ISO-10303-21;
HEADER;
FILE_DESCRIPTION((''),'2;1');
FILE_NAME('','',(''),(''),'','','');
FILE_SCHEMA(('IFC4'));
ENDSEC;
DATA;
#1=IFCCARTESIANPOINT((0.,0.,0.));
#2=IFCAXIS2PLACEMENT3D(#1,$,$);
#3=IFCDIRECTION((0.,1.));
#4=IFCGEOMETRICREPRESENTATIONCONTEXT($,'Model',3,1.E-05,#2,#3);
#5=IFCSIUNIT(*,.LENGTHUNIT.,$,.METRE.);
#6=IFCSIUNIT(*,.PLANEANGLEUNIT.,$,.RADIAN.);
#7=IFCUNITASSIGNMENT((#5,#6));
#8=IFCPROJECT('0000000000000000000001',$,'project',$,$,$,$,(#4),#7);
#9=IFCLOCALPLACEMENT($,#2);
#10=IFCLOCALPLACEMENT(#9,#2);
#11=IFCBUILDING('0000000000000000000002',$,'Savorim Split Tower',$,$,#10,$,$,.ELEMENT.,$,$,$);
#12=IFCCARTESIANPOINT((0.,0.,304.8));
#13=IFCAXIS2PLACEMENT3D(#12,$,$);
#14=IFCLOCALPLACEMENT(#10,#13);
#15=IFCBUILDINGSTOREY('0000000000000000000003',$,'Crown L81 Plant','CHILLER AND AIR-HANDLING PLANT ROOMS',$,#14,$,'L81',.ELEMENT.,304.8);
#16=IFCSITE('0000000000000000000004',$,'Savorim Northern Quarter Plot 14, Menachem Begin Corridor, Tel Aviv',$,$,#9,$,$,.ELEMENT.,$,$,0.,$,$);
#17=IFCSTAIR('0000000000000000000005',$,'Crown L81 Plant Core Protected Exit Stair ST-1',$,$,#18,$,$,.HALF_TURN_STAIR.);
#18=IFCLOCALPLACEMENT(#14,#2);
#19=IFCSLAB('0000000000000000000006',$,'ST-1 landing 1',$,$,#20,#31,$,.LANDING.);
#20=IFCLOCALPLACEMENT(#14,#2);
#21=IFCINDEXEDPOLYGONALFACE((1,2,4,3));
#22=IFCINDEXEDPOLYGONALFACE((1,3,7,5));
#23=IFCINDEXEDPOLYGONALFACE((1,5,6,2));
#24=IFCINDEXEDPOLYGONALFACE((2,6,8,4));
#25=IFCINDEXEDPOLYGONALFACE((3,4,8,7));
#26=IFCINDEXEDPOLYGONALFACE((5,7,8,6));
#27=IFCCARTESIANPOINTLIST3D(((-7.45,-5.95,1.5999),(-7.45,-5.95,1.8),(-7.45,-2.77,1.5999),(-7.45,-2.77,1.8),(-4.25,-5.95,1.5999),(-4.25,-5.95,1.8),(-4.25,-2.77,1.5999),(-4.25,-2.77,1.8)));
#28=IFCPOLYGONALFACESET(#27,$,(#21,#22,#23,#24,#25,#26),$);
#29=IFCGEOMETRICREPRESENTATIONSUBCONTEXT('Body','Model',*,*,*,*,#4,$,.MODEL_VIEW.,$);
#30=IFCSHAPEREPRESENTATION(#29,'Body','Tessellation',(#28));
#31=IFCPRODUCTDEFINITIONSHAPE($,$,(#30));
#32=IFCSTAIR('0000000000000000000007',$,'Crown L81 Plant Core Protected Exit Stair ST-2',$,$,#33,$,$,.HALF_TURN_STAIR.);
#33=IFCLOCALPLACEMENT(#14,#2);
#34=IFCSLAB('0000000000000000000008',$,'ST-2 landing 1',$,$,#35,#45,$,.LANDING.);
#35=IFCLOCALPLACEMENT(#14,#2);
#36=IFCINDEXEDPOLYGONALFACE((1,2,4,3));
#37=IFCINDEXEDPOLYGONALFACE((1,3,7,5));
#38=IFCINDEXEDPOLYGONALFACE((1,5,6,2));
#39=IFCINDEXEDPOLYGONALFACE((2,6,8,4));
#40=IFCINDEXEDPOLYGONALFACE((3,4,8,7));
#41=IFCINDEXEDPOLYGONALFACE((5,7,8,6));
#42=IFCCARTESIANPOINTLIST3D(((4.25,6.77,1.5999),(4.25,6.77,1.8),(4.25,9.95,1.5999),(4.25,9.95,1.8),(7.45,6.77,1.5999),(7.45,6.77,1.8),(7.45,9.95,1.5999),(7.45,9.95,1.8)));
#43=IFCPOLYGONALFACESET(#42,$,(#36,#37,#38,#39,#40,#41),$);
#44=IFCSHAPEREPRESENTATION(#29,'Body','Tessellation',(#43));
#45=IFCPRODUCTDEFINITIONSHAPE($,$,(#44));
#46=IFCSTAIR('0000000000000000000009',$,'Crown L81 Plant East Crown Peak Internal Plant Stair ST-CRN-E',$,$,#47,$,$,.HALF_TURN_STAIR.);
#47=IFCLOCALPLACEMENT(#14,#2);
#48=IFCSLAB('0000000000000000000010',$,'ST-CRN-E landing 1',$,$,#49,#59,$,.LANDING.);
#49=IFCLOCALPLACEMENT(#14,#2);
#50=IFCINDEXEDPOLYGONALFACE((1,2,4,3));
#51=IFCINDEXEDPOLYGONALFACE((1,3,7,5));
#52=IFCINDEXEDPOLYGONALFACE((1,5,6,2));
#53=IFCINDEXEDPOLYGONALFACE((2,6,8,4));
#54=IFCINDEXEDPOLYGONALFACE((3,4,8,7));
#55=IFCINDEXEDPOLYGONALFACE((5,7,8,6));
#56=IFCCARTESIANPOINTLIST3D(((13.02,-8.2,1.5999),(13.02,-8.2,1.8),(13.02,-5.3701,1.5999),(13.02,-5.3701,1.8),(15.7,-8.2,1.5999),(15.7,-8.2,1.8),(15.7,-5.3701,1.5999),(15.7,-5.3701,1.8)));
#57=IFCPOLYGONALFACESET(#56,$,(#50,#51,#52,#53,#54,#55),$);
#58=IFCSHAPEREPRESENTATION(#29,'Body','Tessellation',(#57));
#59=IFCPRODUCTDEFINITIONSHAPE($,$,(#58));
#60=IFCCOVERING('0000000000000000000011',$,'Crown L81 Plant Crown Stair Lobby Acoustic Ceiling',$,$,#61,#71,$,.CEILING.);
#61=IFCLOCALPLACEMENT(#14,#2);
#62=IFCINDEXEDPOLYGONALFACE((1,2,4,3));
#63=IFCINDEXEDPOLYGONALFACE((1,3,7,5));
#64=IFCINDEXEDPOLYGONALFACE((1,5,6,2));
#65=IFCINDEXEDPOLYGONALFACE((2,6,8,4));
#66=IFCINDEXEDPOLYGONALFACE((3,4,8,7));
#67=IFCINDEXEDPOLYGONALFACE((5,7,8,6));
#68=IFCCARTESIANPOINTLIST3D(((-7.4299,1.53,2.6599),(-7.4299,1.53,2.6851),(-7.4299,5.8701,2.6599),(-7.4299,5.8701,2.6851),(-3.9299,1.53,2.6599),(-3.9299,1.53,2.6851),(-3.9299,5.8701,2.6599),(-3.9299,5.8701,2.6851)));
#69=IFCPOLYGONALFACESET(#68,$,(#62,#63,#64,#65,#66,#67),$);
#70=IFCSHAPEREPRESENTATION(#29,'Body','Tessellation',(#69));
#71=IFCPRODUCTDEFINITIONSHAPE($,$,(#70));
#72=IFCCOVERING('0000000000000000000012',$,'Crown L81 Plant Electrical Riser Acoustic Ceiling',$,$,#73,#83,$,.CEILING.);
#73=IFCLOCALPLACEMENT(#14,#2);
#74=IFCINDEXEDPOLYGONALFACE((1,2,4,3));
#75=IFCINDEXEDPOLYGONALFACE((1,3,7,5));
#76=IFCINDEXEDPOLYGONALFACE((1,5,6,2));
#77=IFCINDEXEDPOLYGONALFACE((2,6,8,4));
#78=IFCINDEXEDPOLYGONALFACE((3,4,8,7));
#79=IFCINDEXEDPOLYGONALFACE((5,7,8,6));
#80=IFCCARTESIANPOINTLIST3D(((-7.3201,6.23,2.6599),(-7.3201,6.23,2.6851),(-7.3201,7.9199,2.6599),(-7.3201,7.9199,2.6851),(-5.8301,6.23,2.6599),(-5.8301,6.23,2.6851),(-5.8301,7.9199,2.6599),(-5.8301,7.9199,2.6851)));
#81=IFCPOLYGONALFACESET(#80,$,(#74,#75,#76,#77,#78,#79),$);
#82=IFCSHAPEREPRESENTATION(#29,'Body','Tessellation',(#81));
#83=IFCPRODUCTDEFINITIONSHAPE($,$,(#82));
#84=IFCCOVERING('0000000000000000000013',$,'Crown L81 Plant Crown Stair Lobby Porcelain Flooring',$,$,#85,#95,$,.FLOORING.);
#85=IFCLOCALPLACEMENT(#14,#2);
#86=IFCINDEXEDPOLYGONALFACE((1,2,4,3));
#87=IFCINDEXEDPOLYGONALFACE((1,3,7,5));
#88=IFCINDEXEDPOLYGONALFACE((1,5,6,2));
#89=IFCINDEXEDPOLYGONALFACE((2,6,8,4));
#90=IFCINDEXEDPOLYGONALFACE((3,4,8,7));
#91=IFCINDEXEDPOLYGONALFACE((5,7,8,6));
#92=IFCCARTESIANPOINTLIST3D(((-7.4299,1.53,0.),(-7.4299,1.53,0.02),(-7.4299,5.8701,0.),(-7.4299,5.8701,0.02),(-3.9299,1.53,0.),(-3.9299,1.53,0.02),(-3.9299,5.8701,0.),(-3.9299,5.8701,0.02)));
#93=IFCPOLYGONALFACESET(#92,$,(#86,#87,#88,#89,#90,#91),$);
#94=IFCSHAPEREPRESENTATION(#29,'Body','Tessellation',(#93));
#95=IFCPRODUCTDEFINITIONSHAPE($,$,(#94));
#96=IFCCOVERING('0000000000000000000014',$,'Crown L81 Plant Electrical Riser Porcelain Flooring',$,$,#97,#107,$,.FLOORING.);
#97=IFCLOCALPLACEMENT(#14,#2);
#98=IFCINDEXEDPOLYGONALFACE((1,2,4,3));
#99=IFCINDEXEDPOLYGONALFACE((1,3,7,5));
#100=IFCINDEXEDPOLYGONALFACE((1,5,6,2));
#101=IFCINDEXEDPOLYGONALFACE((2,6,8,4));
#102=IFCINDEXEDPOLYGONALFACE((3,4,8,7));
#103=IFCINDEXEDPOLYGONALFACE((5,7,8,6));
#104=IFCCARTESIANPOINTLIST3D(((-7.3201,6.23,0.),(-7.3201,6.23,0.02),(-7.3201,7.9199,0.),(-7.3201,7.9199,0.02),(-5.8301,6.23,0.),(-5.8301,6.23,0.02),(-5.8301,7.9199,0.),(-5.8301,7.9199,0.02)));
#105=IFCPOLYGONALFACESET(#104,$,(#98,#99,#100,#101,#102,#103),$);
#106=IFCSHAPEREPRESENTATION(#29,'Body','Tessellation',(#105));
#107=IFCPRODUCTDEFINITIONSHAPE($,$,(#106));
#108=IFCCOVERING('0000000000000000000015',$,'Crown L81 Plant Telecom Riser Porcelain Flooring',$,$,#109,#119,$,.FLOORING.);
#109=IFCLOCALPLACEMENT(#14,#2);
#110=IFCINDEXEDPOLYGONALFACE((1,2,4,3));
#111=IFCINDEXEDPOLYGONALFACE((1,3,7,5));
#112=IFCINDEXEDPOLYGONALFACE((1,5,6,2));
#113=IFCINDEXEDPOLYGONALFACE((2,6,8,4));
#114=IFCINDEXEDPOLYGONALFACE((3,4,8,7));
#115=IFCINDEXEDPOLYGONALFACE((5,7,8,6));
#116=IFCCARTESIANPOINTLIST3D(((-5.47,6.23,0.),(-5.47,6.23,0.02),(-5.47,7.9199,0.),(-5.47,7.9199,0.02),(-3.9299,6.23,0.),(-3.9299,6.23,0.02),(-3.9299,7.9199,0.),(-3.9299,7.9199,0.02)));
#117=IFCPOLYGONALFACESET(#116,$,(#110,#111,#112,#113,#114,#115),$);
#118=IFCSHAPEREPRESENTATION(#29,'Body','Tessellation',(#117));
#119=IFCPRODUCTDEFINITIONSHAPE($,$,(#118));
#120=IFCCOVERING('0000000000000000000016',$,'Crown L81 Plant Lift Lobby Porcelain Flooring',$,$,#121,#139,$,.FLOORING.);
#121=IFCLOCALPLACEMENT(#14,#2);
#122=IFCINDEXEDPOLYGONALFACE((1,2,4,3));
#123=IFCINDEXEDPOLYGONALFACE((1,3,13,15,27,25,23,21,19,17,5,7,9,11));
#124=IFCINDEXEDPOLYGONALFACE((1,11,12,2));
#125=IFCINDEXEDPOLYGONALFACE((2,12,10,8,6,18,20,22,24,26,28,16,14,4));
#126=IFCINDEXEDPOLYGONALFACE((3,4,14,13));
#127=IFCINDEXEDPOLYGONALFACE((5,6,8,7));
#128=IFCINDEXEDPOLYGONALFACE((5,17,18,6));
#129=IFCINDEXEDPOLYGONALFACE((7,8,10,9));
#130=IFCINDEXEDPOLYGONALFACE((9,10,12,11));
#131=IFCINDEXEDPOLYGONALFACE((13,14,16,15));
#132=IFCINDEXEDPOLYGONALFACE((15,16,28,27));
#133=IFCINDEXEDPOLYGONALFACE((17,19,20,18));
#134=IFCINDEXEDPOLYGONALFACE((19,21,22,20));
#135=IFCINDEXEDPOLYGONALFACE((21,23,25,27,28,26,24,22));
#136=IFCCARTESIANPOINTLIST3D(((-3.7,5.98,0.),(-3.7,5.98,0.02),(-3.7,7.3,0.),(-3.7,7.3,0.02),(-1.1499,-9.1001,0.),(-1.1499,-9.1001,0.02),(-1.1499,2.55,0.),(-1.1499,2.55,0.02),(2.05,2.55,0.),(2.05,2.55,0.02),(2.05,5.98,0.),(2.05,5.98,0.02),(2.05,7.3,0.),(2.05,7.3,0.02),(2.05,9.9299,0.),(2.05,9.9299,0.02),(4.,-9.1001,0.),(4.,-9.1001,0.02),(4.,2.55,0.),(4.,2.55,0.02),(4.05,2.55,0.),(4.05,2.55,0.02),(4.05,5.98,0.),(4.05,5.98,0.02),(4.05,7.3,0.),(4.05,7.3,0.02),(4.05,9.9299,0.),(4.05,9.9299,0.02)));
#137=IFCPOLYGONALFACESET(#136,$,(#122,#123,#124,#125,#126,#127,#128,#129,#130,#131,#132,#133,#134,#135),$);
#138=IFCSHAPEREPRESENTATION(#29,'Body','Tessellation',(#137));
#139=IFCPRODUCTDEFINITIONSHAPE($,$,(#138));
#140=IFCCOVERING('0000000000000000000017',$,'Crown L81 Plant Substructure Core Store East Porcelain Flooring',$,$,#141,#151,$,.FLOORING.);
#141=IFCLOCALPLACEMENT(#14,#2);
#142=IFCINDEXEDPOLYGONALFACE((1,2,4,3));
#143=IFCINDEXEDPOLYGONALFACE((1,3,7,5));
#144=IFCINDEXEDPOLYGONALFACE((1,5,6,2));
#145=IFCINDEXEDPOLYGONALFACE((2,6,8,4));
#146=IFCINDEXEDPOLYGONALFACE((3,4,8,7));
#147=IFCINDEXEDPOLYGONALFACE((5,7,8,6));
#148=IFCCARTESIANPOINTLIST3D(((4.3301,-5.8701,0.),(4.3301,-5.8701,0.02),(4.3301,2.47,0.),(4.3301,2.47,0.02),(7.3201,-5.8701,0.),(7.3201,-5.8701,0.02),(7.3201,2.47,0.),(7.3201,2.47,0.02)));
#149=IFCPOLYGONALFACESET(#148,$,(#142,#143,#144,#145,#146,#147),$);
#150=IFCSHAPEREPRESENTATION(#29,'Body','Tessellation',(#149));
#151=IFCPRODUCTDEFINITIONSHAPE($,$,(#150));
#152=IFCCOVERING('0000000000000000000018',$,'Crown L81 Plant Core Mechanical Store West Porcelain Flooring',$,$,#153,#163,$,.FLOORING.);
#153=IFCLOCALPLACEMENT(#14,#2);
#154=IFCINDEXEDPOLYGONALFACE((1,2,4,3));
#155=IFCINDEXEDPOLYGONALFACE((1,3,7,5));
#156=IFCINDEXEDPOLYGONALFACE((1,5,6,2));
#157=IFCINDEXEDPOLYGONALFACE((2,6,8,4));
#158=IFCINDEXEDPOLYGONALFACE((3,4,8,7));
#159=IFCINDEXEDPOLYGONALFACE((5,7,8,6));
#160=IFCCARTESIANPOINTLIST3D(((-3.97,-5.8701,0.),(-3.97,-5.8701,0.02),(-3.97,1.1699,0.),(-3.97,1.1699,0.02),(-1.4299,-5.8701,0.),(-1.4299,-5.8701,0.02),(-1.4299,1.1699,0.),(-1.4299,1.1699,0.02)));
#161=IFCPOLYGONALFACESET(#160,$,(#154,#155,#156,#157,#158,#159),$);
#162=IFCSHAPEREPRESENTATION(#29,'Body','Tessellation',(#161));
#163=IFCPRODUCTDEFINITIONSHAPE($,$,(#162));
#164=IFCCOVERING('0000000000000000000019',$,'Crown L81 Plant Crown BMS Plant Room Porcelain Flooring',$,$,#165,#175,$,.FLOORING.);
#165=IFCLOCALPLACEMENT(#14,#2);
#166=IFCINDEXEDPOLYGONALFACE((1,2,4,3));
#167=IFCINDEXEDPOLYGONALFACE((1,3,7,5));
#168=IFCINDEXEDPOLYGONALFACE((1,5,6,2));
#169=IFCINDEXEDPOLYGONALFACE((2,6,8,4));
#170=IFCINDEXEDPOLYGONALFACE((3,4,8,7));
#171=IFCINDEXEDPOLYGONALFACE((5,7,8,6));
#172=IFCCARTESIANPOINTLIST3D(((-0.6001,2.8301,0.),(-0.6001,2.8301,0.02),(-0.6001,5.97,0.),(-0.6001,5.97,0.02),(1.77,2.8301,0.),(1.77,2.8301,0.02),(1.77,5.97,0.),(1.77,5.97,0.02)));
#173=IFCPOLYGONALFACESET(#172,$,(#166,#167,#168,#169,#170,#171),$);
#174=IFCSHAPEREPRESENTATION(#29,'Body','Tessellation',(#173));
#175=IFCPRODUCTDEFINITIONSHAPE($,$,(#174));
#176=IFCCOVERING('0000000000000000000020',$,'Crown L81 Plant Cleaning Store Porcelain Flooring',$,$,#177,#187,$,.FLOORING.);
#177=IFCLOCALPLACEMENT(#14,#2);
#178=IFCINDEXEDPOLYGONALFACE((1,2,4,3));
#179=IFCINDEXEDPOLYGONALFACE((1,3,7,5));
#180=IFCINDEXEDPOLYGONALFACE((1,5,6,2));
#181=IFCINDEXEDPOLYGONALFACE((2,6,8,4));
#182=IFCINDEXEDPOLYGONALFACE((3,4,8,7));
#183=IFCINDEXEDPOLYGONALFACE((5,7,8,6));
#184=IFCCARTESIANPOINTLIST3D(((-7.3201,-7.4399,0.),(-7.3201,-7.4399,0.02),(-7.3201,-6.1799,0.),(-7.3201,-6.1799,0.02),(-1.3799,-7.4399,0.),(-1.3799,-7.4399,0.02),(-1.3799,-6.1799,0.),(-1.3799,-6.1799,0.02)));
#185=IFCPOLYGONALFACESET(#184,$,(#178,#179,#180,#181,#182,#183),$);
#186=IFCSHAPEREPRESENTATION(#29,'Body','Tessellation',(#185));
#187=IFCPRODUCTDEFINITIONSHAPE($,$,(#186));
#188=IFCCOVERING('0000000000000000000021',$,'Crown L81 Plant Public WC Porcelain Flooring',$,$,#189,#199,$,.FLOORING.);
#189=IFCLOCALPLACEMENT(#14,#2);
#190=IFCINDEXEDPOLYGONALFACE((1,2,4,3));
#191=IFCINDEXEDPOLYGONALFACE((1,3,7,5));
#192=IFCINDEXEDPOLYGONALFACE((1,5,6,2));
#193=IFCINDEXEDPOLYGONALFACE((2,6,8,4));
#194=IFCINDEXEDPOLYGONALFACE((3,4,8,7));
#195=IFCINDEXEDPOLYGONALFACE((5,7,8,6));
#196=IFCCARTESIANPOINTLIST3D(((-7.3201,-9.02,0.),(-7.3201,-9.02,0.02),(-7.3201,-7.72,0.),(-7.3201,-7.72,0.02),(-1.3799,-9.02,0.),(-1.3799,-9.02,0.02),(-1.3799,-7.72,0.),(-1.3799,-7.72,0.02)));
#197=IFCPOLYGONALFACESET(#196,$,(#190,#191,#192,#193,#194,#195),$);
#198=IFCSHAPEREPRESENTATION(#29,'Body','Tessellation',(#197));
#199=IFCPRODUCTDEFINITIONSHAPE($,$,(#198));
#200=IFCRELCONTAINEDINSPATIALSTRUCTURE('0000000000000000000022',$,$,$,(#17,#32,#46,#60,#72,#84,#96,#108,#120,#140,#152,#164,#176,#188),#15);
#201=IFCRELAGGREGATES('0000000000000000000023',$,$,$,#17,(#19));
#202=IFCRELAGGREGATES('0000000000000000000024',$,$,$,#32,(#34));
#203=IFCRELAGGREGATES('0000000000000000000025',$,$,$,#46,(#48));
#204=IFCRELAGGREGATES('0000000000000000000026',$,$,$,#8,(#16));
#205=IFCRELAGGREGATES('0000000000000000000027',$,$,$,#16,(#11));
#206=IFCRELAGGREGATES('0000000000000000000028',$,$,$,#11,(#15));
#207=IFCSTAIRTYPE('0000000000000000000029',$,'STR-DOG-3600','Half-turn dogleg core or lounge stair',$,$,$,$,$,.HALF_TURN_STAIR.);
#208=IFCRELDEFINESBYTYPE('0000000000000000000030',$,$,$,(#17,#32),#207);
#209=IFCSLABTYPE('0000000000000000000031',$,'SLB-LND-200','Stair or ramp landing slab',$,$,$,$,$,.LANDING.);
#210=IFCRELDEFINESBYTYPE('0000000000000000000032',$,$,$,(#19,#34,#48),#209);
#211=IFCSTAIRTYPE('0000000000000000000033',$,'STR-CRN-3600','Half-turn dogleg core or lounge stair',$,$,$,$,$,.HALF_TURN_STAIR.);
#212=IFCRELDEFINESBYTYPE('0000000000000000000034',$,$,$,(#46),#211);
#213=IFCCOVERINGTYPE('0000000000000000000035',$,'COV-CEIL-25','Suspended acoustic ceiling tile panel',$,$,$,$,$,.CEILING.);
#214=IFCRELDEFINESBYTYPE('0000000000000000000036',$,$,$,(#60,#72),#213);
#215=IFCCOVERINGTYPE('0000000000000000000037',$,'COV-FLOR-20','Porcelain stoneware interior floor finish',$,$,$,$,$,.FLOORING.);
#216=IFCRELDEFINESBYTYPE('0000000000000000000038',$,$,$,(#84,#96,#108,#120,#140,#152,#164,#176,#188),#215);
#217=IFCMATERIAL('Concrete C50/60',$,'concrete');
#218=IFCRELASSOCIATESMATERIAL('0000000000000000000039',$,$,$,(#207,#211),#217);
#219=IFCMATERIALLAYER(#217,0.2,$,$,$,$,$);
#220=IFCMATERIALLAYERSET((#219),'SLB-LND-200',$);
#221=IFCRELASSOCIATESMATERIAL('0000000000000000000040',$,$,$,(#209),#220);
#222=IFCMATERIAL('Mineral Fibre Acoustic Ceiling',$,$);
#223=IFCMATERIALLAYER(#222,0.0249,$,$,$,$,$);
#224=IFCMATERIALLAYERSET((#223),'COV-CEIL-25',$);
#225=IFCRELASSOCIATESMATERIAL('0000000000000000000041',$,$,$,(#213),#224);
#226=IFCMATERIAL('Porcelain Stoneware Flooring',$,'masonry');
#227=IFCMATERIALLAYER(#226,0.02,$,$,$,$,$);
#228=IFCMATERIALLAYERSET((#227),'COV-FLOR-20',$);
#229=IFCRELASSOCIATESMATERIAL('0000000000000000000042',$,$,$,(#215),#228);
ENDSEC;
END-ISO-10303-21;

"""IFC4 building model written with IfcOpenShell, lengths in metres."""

from ifc_helpers import new_model, si_unit, direction, frame, origin, place, context, subcontext, project, spatial, polyline, outline, extrude, material, layer, layer_set, type_object, element, aggregate, save


model = new_model("IFC4")

# Units and contexts
model_context = context("Model", 3, precision=1e-05, world=origin(), true_north=direction((0.0, 1.0)))
body_context = subcontext(model_context, "Body", "Model", "MODEL_VIEW")
ifc_project = project(units=[si_unit("LENGTHUNIT", "METRE"), si_unit("PLANEANGLEUNIT", "RADIAN")], contexts=[model_context])

# Site, building, storey
site_placement = place(None, origin())
site = spatial("IfcSite", under=ifc_project, at=site_placement, Name="Savorim Northern Quarter Plot 14, Menachem Begin Corridor, Tel Aviv", CompositionType="ELEMENT", RefElevation=0.0)
building_placement = place(site_placement, origin())
building = spatial("IfcBuilding", under=site, at=building_placement, Name="Savorim Split Tower", CompositionType="ELEMENT")
storey_placement = place(building_placement, frame((0.0, 0.0, 304.8)))
storey = spatial("IfcBuildingStorey", under=building, at=storey_placement, Name="Crown L81 Plant", Description="CHILLER AND AIR-HANDLING PLANT ROOMS", LongName="L81", CompositionType="ELEMENT", Elevation=304.8)

# Stairs, slabs
ifc_material_1 = material(Name="Concrete C50/60", Category="concrete")
stair_type_1 = type_object("IfcStairType", Name="STR-DOG-3600", Description="Half-turn dogleg core or lounge stair", PredefinedType="HALF_TURN_STAIR", material=ifc_material_1)
stair_1_placement = place(storey_placement, origin())
stair_1 = element("IfcStair", 1, at=stair_1_placement, inside=storey, type_object=stair_type_1, Name="Crown L81 Plant Core Protected Exit Stair ST-1", PredefinedType="HALF_TURN_STAIR")
ifc_layer_1 = layer(ifc_material_1, 0.2)
ifc_layer_set_1 = layer_set([ifc_layer_1], Name="SLB-LND-200")
slab_type = type_object("IfcSlabType", Name="SLB-LND-200", Description="Stair or ramp landing slab", PredefinedType="LANDING", material=ifc_layer_set_1)
slab_1_placement = place(storey_placement, frame((0.0, 0.0, 1.5999)))
slab_1 = element("IfcSlab", 2, at=slab_1_placement, type_object=slab_type, Name="ST-1 landing 1", PredefinedType="LANDING", context=body_context, shape_type="SweptSolid", body=[
    extrude(outline(polyline([(-7.45, -2.77), (-7.45, -5.95), (-4.25, -5.95), (-4.25, -2.77), (-7.45, -2.77)])), origin(), (0.0, 0.0, 1.0), 0.2002),
])
aggregate(stair_1, [slab_1])
stair_2_placement = place(storey_placement, origin())
stair_2 = element("IfcStair", 3, at=stair_2_placement, inside=storey, type_object=stair_type_1, Name="Crown L81 Plant Core Protected Exit Stair ST-2", PredefinedType="HALF_TURN_STAIR")
slab_2_placement = place(storey_placement, frame((0.0, 0.0, 1.5999)))
slab_2 = element("IfcSlab", 4, at=slab_2_placement, type_object=slab_type, Name="ST-2 landing 1", PredefinedType="LANDING", context=body_context, shape_type="SweptSolid", body=[
    extrude(outline(polyline([(7.45, 6.77), (7.45, 9.95), (4.25, 9.95), (4.25, 6.77), (7.45, 6.77)])), origin(), (0.0, 0.0, 1.0), 0.2002),
])
aggregate(stair_2, [slab_2])
stair_type_2 = type_object("IfcStairType", Name="STR-CRN-3600", Description="Half-turn dogleg core or lounge stair", PredefinedType="HALF_TURN_STAIR", material=ifc_material_1)
stair_3_placement = place(storey_placement, origin())
stair_3 = element("IfcStair", 5, at=stair_3_placement, inside=storey, type_object=stair_type_2, Name="Crown L81 Plant East Crown Peak Internal Plant Stair ST-CRN-E", PredefinedType="HALF_TURN_STAIR")
slab_3_placement = place(storey_placement, frame((0.0, 0.0, 1.5999)))
slab_3 = element("IfcSlab", 6, at=slab_3_placement, type_object=slab_type, Name="ST-CRN-E landing 1", PredefinedType="LANDING", context=body_context, shape_type="SweptSolid", body=[
    extrude(outline(polyline([(13.02, -5.3701), (13.02, -8.2), (15.7, -8.2), (15.7, -5.3701), (13.02, -5.3701)])), origin(), (0.0, 0.0, 1.0), 0.2002),
])
aggregate(stair_3, [slab_3])

# Coverings
ifc_material_2 = material(Name="Mineral Fibre Acoustic Ceiling")
ifc_layer_2 = layer(ifc_material_2, 0.0249)
ifc_layer_set_2 = layer_set([ifc_layer_2], Name="COV-CEIL-25")
covering_type_1 = type_object("IfcCoveringType", Name="COV-CEIL-25", Description="Suspended acoustic ceiling tile panel", PredefinedType="CEILING", material=ifc_layer_set_2)
covering_1_placement = place(storey_placement, frame((0.0, 0.0, 2.6599)))
element("IfcCovering", 7, at=covering_1_placement, inside=storey, type_object=covering_type_1, Name="Crown L81 Plant Crown Stair Lobby Acoustic Ceiling", PredefinedType="CEILING", context=body_context, shape_type="SweptSolid", body=[
    extrude(outline(polyline([(-7.4299, 5.8701), (-7.4299, 1.53), (-3.9299, 1.53), (-3.9299, 5.8701), (-7.4299, 5.8701)])), origin(), (0.0, 0.0, 1.0), 0.0251),
])
covering_2_placement = place(storey_placement, frame((0.0, 0.0, 2.6599)))
element("IfcCovering", 8, at=covering_2_placement, inside=storey, type_object=covering_type_1, Name="Crown L81 Plant Electrical Riser Acoustic Ceiling", PredefinedType="CEILING", context=body_context, shape_type="SweptSolid", body=[
    extrude(outline(polyline([(-7.3201, 7.9199), (-7.3201, 6.23), (-5.8301, 6.23), (-5.8301, 7.9199), (-7.3201, 7.9199)])), origin(), (0.0, 0.0, 1.0), 0.0251),
])
ifc_material_3 = material(Name="Porcelain Stoneware Flooring", Category="masonry")
ifc_layer_3 = layer(ifc_material_3, 0.02)
ifc_layer_set_3 = layer_set([ifc_layer_3], Name="COV-FLOR-20")
covering_type_2 = type_object("IfcCoveringType", Name="COV-FLOR-20", Description="Porcelain stoneware interior floor finish", PredefinedType="FLOORING", material=ifc_layer_set_3)
covering_3_placement = place(storey_placement, origin())
element("IfcCovering", 9, at=covering_3_placement, inside=storey, type_object=covering_type_2, Name="Crown L81 Plant Crown Stair Lobby Porcelain Flooring", PredefinedType="FLOORING", context=body_context, shape_type="SweptSolid", body=[
    extrude(outline(polyline([(-7.4299, 5.8701), (-7.4299, 1.53), (-3.9299, 1.53), (-3.9299, 5.8701), (-7.4299, 5.8701)])), origin(), (0.0, 0.0, 1.0), 0.02),
])
covering_4_placement = place(storey_placement, origin())
element("IfcCovering", 10, at=covering_4_placement, inside=storey, type_object=covering_type_2, Name="Crown L81 Plant Electrical Riser Porcelain Flooring", PredefinedType="FLOORING", context=body_context, shape_type="SweptSolid", body=[
    extrude(outline(polyline([(-7.3201, 7.9199), (-7.3201, 6.23), (-5.8301, 6.23), (-5.8301, 7.9199), (-7.3201, 7.9199)])), origin(), (0.0, 0.0, 1.0), 0.02),
])
covering_5_placement = place(storey_placement, origin())
element("IfcCovering", 11, at=covering_5_placement, inside=storey, type_object=covering_type_2, Name="Crown L81 Plant Telecom Riser Porcelain Flooring", PredefinedType="FLOORING", context=body_context, shape_type="SweptSolid", body=[
    extrude(outline(polyline([(-5.47, 7.9199), (-5.47, 6.23), (-3.9299, 6.23), (-3.9299, 7.9199), (-5.47, 7.9199)])), origin(), (0.0, 0.0, 1.0), 0.02),
])
covering_6_placement = place(storey_placement, origin())
element("IfcCovering", 12, at=covering_6_placement, inside=storey, type_object=covering_type_2, Name="Crown L81 Plant Lift Lobby Porcelain Flooring", PredefinedType="FLOORING", context=body_context, shape_type="SweptSolid", body=[
    extrude(outline(polyline([(2.05, 2.55), (-1.1499, 2.55), (-1.1499, -9.1001), (4.0, -9.1001), (4.0, 2.55), (4.05, 2.55), (4.05, 5.98), (4.05, 7.3), (4.05, 9.9299), (2.05, 9.9299), (2.05, 7.3), (-3.7, 7.3), (-3.7, 5.98), (2.05, 5.98), (2.05, 2.55)])), origin(), (0.0, 0.0, 1.0), 0.02),
])
covering_7_placement = place(storey_placement, origin())
element("IfcCovering", 13, at=covering_7_placement, inside=storey, type_object=covering_type_2, Name="Crown L81 Plant Substructure Core Store East Porcelain Flooring", PredefinedType="FLOORING", context=body_context, shape_type="SweptSolid", body=[
    extrude(outline(polyline([(4.3301, 2.47), (4.3301, -5.8701), (7.3201, -5.8701), (7.3201, 2.47), (4.3301, 2.47)])), origin(), (0.0, 0.0, 1.0), 0.02),
])
covering_8_placement = place(storey_placement, origin())
element("IfcCovering", 14, at=covering_8_placement, inside=storey, type_object=covering_type_2, Name="Crown L81 Plant Core Mechanical Store West Porcelain Flooring", PredefinedType="FLOORING", context=body_context, shape_type="SweptSolid", body=[
    extrude(outline(polyline([(-3.97, 1.1699), (-3.97, -5.8701), (-1.4299, -5.8701), (-1.4299, 1.1699), (-3.97, 1.1699)])), origin(), (0.0, 0.0, 1.0), 0.02),
])
covering_9_placement = place(storey_placement, origin())
element("IfcCovering", 15, at=covering_9_placement, inside=storey, type_object=covering_type_2, Name="Crown L81 Plant Crown BMS Plant Room Porcelain Flooring", PredefinedType="FLOORING", context=body_context, shape_type="SweptSolid", body=[
    extrude(outline(polyline([(1.77, 5.97), (-0.6001, 5.97), (-0.6001, 2.8301), (1.77, 2.8301), (1.77, 5.97)])), origin(), (0.0, 0.0, 1.0), 0.02),
])
covering_10_placement = place(storey_placement, origin())
element("IfcCovering", 16, at=covering_10_placement, inside=storey, type_object=covering_type_2, Name="Crown L81 Plant Cleaning Store Porcelain Flooring", PredefinedType="FLOORING", context=body_context, shape_type="SweptSolid", body=[
    extrude(outline(polyline([(-7.3201, -6.1799), (-7.3201, -7.4399), (-1.3799, -7.4399), (-1.3799, -6.1799), (-7.3201, -6.1799)])), origin(), (0.0, 0.0, 1.0), 0.02),
])
covering_11_placement = place(storey_placement, origin())
element("IfcCovering", 17, at=covering_11_placement, inside=storey, type_object=covering_type_2, Name="Crown L81 Plant Public WC Porcelain Flooring", PredefinedType="FLOORING", context=body_context, shape_type="SweptSolid", body=[
    extrude(outline(polyline([(-7.3201, -7.72), (-7.3201, -9.02), (-1.3799, -9.02), (-1.3799, -7.72), (-7.3201, -7.72)])), origin(), (0.0, 0.0, 1.0), 0.02),
])

save(model, "model.ifc")
